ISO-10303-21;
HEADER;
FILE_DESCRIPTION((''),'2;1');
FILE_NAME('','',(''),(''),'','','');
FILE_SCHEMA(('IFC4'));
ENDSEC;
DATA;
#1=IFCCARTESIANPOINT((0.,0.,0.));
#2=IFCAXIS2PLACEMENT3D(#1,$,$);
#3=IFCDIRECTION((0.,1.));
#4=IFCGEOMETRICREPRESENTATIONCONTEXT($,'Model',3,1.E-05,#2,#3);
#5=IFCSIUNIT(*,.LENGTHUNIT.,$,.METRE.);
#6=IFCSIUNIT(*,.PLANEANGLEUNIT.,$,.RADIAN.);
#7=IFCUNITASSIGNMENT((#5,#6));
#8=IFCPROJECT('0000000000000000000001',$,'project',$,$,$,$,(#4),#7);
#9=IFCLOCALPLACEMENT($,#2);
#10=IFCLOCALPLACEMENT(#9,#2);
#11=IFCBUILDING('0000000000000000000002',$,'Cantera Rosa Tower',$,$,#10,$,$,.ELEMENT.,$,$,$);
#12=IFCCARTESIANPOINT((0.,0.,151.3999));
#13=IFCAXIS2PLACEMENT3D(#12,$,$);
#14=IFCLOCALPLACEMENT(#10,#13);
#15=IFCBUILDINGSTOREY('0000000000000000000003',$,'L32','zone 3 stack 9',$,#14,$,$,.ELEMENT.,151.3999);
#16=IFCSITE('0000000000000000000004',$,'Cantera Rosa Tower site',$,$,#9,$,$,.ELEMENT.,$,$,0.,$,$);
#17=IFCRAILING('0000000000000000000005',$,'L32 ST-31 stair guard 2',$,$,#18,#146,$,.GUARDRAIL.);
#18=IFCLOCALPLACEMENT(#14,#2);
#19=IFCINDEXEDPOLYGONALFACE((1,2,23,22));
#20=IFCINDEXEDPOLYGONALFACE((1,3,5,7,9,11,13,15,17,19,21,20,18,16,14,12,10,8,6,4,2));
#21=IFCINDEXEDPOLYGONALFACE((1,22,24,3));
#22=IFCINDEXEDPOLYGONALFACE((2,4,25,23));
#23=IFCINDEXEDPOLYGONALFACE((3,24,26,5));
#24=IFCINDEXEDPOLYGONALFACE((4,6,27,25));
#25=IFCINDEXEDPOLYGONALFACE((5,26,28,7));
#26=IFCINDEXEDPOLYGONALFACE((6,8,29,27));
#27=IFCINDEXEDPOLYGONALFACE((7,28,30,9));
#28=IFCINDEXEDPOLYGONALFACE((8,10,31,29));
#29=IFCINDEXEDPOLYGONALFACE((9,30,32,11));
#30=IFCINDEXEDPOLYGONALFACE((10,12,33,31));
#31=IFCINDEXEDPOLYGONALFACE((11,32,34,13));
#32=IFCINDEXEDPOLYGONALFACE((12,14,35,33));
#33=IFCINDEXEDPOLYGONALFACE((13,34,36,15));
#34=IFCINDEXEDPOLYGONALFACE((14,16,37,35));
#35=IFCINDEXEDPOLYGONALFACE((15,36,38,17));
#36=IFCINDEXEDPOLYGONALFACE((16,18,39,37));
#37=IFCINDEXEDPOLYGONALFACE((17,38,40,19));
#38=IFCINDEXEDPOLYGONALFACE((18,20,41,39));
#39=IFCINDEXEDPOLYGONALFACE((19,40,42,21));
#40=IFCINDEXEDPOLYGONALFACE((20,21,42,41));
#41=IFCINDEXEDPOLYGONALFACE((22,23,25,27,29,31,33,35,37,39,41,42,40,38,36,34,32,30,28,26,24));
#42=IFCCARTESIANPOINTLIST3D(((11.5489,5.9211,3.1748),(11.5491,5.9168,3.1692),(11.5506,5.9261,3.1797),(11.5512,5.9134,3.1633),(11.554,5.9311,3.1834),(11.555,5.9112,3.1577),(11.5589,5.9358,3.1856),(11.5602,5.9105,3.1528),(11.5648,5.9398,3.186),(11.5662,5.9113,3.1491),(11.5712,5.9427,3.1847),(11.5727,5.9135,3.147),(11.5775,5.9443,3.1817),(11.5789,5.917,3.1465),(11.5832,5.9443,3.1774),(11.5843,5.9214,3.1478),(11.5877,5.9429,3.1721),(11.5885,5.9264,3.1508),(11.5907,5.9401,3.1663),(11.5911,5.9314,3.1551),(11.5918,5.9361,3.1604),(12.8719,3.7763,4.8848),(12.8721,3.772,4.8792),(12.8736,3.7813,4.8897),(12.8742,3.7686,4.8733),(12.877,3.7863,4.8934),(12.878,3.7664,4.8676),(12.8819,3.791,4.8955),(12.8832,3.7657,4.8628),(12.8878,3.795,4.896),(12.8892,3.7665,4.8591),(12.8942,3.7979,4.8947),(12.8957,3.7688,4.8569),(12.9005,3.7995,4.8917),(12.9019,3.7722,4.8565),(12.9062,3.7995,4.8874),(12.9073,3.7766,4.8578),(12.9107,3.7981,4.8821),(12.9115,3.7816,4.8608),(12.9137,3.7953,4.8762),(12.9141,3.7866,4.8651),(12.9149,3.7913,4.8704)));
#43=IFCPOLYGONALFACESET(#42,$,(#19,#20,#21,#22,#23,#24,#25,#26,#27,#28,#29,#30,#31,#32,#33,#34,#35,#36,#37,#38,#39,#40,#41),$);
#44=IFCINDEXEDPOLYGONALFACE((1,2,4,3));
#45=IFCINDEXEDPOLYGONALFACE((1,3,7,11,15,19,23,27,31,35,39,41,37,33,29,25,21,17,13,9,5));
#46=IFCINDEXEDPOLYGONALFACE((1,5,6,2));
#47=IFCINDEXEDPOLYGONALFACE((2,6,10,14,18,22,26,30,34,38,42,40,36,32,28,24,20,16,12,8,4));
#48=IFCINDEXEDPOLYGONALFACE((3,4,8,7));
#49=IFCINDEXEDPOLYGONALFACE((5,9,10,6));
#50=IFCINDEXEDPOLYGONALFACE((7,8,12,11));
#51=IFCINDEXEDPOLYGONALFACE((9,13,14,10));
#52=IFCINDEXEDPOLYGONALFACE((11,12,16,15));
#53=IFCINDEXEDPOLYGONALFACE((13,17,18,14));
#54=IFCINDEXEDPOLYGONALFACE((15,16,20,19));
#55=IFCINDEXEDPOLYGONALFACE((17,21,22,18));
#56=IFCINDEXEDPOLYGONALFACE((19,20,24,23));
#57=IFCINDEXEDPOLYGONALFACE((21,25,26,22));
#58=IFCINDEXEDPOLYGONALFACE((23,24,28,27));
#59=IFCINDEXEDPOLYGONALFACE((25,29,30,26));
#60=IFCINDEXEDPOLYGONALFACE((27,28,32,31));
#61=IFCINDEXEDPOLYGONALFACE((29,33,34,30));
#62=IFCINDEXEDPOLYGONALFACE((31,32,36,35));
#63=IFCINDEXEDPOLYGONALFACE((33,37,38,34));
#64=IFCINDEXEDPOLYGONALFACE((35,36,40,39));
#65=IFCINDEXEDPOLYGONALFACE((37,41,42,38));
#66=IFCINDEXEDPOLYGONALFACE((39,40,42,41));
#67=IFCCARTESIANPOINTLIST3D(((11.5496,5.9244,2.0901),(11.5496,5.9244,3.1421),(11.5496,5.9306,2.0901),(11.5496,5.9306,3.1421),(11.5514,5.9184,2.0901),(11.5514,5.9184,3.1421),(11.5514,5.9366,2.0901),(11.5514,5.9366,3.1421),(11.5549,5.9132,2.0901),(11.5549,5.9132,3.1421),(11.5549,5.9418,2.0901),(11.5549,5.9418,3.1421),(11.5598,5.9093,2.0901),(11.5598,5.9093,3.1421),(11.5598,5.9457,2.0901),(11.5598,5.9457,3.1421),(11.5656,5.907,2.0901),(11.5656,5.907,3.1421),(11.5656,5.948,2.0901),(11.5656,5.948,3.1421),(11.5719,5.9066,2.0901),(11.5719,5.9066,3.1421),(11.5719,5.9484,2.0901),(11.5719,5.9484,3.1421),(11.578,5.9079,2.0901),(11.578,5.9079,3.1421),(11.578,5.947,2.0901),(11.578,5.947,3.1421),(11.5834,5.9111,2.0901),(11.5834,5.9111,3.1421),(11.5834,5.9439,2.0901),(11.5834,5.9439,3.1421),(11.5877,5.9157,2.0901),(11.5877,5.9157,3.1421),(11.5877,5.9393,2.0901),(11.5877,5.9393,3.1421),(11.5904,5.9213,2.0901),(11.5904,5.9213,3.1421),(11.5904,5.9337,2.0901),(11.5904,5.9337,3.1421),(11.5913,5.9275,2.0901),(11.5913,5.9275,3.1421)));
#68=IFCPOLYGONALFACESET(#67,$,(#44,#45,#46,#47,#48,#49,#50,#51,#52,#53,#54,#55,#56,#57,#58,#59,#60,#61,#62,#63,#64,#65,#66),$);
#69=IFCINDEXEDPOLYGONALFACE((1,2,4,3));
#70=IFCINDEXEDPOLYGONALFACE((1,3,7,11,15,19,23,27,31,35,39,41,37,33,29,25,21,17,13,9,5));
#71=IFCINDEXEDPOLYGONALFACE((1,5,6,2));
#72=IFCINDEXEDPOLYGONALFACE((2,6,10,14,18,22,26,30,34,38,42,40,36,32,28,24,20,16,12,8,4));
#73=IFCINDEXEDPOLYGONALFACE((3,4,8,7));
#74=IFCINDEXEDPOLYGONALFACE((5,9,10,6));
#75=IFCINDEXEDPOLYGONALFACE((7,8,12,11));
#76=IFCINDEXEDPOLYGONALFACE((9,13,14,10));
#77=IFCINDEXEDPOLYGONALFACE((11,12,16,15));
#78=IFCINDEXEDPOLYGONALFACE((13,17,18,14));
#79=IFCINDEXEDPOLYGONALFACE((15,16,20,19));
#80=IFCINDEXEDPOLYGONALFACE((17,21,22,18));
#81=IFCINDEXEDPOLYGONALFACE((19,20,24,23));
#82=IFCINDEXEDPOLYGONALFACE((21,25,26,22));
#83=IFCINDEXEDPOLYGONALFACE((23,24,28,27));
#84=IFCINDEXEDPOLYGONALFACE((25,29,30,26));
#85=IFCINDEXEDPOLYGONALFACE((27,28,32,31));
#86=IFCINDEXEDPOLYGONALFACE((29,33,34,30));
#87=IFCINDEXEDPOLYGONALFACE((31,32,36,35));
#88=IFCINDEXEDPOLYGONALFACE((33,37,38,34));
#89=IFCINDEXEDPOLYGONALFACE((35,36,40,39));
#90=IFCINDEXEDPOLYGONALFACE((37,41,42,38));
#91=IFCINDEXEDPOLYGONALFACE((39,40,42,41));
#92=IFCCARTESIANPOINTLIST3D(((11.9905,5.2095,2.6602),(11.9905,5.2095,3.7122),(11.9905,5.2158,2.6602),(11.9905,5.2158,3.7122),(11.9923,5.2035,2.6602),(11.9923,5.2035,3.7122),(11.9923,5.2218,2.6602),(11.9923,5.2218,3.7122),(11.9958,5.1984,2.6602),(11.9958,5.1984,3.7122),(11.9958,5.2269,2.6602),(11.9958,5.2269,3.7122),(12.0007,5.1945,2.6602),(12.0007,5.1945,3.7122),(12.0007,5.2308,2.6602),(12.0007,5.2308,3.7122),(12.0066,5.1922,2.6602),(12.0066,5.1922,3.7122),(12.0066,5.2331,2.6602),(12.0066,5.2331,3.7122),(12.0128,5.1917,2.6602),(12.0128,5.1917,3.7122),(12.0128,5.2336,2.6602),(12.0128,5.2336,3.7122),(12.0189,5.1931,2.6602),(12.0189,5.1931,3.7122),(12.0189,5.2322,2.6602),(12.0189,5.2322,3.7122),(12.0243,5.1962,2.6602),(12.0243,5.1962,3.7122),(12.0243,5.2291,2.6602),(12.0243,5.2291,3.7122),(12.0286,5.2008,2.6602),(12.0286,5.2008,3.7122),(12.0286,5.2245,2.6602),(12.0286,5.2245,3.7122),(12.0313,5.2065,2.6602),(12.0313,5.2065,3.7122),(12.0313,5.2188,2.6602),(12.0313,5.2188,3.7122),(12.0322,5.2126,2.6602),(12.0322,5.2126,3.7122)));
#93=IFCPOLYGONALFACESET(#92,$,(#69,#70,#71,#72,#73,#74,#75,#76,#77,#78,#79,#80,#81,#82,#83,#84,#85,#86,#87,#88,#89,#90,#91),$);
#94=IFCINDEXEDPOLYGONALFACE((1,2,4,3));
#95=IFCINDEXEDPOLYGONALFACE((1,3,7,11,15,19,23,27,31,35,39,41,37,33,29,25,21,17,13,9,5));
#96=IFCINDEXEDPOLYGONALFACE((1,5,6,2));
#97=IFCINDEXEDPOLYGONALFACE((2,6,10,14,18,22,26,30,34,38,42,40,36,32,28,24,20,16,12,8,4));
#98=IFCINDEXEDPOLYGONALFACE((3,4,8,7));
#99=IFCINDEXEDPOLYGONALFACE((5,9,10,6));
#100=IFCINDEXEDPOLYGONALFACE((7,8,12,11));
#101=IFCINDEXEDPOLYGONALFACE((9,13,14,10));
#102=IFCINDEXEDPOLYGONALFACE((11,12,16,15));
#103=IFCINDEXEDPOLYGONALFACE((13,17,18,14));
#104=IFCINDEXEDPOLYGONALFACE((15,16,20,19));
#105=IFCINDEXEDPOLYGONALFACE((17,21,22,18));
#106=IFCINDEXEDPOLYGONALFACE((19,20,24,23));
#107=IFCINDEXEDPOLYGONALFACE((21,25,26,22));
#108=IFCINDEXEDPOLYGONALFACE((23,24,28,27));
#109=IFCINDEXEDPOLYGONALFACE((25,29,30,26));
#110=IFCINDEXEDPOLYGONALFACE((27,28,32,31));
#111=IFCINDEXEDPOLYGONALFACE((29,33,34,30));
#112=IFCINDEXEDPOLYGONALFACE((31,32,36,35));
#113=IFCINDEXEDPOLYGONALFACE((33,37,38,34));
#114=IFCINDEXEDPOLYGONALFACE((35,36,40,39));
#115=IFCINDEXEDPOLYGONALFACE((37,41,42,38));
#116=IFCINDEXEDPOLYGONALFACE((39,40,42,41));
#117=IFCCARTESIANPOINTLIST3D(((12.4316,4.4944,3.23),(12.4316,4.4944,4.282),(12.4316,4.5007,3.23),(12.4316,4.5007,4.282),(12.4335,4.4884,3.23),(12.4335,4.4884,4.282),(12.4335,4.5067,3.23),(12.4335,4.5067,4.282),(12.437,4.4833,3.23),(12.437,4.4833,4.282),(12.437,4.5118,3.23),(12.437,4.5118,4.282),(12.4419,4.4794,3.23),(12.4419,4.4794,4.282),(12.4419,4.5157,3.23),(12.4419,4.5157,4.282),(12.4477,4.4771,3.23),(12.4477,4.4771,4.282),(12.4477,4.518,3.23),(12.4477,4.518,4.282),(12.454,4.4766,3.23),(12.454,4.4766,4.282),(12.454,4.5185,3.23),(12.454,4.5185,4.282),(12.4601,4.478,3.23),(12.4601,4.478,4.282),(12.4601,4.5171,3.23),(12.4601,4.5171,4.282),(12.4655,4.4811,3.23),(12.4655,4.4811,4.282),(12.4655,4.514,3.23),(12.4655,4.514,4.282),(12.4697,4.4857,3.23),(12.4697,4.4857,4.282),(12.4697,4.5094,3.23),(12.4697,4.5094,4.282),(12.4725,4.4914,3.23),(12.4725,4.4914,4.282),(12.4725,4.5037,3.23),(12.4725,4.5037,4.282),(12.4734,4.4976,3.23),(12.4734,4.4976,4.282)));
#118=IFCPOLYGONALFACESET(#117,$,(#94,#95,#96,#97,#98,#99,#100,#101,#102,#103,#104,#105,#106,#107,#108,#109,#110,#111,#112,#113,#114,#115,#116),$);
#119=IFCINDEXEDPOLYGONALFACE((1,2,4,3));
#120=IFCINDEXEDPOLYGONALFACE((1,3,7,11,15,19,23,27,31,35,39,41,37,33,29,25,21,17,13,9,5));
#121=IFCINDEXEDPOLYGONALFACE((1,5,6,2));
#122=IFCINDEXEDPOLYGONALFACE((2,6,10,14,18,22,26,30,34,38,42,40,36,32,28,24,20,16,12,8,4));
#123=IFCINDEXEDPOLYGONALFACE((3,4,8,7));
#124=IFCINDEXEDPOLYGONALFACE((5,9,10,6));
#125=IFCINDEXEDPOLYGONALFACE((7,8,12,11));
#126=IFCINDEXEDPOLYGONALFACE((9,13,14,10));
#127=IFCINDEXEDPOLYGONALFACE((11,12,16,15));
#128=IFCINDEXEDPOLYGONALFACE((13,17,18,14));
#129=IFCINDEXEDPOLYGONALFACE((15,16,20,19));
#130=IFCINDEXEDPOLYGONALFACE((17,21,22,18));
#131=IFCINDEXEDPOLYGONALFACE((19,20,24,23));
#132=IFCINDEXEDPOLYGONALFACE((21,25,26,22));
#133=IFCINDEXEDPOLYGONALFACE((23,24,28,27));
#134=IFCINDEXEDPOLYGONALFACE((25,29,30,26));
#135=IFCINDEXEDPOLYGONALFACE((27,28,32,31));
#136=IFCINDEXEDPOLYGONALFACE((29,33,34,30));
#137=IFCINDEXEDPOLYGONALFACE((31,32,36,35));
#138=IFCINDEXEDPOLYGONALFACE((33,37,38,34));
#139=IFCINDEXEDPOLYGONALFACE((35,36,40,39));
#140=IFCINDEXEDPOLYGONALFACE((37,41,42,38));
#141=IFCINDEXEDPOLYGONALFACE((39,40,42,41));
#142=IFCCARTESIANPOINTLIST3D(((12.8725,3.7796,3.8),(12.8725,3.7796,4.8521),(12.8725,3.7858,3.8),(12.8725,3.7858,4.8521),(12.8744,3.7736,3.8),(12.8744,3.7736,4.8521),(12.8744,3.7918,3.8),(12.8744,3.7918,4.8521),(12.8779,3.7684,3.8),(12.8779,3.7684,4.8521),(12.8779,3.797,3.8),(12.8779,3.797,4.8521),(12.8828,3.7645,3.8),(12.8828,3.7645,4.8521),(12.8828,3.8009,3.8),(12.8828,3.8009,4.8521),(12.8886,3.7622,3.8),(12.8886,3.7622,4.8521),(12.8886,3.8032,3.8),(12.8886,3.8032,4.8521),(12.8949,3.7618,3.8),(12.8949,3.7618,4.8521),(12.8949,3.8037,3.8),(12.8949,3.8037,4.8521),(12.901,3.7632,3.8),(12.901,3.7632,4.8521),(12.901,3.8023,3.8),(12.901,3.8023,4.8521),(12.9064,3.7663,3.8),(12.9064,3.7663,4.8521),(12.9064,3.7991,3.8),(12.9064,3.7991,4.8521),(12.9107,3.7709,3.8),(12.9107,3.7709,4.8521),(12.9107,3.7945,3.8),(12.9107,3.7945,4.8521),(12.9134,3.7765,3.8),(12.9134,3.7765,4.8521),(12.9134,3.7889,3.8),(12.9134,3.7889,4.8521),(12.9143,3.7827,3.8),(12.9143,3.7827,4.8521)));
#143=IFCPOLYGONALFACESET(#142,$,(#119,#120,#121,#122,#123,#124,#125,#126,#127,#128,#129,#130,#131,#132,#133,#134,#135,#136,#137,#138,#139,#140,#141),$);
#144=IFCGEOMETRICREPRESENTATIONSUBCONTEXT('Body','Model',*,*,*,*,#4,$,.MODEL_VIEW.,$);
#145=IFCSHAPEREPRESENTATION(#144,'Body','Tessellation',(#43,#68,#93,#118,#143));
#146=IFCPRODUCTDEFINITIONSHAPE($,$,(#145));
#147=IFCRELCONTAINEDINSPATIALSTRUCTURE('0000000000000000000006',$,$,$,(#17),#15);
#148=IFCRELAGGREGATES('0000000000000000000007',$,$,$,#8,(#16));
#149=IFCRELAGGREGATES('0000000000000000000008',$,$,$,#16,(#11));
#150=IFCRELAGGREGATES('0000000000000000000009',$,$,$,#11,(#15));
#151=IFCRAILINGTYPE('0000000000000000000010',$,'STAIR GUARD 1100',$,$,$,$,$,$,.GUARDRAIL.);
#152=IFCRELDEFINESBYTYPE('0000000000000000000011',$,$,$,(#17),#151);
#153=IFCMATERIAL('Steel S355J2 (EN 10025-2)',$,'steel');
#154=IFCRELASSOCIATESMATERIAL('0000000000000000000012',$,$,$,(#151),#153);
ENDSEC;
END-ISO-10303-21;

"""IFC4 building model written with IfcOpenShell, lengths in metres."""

from ifc_helpers import new_model, si_unit, direction, frame, origin, origin_2d, place, context, subcontext, project, spatial, circle, extrude, material, type_object, element, save


model = new_model("IFC4")

# Units and contexts
model_context = context("Model", 3, precision=1e-05, world=origin(), true_north=direction((0.0, 1.0)))
body_context = subcontext(model_context, "Body", "Model", "MODEL_VIEW")
ifc_project = project(units=[si_unit("LENGTHUNIT", "METRE"), si_unit("PLANEANGLEUNIT", "RADIAN")], contexts=[model_context])

# Site, building, storey
site_placement = place(None, origin())
site = spatial("IfcSite", under=ifc_project, at=site_placement, Name="Cantera Rosa Tower site", CompositionType="ELEMENT", RefElevation=0.0)
building_placement = place(site_placement, origin())
building = spatial("IfcBuilding", under=site, at=building_placement, Name="Cantera Rosa Tower", CompositionType="ELEMENT")
storey_placement = place(building_placement, frame((0.0, 0.0, 151.3999)))
storey = spatial("IfcBuildingStorey", under=building, at=storey_placement, Name="L32", Description="zone 3 stack 9", CompositionType="ELEMENT", Elevation=151.3999)

# Railing
ifc_material_1 = material(Name="Steel S355J2 (EN 10025-2)", Category="steel")
railing_type_1 = type_object("IfcRailingType", Name="STAIR GUARD 1100", PredefinedType="GUARDRAIL", material=ifc_material_1)
railing_1_placement = place(storey_placement, frame((11.5703, 5.9275, 2.0901)))
element("IfcRailing", 1, at=railing_1_placement, inside=storey, type_object=railing_type_1, Name="L32 ST-31 stair guard 2", PredefinedType="GUARDRAIL", context=body_context, shape_type="SweptSolid", body=[
    extrude(circle(Radius=0.0239, at=origin_2d()), frame((0.0, 0.0, 1.0762), z_axis=(0.434428, -0.704271, 0.561493), x_axis=(0.851102, 0.525, 0.0)), (0.0, 0.0, 1.0), 3.0454),
    extrude(circle(Radius=0.021, at=origin_2d()), origin(), (0.0, 0.0, 1.0), 1.052),
    extrude(circle(Radius=0.021, at=origin_2d()), frame((0.4409, -0.7148, 0.5701)), (0.0, 0.0, 1.0), 1.052),
    extrude(circle(Radius=0.021, at=origin_2d()), frame((0.8821, -1.4299, 1.1399)), (0.0, 0.0, 1.0), 1.052),
    extrude(circle(Radius=0.021, at=origin_2d()), frame((1.323, -2.1448, 1.71)), (0.0, 0.0, 1.0), 1.052),
])

save(model, "model.ifc")
